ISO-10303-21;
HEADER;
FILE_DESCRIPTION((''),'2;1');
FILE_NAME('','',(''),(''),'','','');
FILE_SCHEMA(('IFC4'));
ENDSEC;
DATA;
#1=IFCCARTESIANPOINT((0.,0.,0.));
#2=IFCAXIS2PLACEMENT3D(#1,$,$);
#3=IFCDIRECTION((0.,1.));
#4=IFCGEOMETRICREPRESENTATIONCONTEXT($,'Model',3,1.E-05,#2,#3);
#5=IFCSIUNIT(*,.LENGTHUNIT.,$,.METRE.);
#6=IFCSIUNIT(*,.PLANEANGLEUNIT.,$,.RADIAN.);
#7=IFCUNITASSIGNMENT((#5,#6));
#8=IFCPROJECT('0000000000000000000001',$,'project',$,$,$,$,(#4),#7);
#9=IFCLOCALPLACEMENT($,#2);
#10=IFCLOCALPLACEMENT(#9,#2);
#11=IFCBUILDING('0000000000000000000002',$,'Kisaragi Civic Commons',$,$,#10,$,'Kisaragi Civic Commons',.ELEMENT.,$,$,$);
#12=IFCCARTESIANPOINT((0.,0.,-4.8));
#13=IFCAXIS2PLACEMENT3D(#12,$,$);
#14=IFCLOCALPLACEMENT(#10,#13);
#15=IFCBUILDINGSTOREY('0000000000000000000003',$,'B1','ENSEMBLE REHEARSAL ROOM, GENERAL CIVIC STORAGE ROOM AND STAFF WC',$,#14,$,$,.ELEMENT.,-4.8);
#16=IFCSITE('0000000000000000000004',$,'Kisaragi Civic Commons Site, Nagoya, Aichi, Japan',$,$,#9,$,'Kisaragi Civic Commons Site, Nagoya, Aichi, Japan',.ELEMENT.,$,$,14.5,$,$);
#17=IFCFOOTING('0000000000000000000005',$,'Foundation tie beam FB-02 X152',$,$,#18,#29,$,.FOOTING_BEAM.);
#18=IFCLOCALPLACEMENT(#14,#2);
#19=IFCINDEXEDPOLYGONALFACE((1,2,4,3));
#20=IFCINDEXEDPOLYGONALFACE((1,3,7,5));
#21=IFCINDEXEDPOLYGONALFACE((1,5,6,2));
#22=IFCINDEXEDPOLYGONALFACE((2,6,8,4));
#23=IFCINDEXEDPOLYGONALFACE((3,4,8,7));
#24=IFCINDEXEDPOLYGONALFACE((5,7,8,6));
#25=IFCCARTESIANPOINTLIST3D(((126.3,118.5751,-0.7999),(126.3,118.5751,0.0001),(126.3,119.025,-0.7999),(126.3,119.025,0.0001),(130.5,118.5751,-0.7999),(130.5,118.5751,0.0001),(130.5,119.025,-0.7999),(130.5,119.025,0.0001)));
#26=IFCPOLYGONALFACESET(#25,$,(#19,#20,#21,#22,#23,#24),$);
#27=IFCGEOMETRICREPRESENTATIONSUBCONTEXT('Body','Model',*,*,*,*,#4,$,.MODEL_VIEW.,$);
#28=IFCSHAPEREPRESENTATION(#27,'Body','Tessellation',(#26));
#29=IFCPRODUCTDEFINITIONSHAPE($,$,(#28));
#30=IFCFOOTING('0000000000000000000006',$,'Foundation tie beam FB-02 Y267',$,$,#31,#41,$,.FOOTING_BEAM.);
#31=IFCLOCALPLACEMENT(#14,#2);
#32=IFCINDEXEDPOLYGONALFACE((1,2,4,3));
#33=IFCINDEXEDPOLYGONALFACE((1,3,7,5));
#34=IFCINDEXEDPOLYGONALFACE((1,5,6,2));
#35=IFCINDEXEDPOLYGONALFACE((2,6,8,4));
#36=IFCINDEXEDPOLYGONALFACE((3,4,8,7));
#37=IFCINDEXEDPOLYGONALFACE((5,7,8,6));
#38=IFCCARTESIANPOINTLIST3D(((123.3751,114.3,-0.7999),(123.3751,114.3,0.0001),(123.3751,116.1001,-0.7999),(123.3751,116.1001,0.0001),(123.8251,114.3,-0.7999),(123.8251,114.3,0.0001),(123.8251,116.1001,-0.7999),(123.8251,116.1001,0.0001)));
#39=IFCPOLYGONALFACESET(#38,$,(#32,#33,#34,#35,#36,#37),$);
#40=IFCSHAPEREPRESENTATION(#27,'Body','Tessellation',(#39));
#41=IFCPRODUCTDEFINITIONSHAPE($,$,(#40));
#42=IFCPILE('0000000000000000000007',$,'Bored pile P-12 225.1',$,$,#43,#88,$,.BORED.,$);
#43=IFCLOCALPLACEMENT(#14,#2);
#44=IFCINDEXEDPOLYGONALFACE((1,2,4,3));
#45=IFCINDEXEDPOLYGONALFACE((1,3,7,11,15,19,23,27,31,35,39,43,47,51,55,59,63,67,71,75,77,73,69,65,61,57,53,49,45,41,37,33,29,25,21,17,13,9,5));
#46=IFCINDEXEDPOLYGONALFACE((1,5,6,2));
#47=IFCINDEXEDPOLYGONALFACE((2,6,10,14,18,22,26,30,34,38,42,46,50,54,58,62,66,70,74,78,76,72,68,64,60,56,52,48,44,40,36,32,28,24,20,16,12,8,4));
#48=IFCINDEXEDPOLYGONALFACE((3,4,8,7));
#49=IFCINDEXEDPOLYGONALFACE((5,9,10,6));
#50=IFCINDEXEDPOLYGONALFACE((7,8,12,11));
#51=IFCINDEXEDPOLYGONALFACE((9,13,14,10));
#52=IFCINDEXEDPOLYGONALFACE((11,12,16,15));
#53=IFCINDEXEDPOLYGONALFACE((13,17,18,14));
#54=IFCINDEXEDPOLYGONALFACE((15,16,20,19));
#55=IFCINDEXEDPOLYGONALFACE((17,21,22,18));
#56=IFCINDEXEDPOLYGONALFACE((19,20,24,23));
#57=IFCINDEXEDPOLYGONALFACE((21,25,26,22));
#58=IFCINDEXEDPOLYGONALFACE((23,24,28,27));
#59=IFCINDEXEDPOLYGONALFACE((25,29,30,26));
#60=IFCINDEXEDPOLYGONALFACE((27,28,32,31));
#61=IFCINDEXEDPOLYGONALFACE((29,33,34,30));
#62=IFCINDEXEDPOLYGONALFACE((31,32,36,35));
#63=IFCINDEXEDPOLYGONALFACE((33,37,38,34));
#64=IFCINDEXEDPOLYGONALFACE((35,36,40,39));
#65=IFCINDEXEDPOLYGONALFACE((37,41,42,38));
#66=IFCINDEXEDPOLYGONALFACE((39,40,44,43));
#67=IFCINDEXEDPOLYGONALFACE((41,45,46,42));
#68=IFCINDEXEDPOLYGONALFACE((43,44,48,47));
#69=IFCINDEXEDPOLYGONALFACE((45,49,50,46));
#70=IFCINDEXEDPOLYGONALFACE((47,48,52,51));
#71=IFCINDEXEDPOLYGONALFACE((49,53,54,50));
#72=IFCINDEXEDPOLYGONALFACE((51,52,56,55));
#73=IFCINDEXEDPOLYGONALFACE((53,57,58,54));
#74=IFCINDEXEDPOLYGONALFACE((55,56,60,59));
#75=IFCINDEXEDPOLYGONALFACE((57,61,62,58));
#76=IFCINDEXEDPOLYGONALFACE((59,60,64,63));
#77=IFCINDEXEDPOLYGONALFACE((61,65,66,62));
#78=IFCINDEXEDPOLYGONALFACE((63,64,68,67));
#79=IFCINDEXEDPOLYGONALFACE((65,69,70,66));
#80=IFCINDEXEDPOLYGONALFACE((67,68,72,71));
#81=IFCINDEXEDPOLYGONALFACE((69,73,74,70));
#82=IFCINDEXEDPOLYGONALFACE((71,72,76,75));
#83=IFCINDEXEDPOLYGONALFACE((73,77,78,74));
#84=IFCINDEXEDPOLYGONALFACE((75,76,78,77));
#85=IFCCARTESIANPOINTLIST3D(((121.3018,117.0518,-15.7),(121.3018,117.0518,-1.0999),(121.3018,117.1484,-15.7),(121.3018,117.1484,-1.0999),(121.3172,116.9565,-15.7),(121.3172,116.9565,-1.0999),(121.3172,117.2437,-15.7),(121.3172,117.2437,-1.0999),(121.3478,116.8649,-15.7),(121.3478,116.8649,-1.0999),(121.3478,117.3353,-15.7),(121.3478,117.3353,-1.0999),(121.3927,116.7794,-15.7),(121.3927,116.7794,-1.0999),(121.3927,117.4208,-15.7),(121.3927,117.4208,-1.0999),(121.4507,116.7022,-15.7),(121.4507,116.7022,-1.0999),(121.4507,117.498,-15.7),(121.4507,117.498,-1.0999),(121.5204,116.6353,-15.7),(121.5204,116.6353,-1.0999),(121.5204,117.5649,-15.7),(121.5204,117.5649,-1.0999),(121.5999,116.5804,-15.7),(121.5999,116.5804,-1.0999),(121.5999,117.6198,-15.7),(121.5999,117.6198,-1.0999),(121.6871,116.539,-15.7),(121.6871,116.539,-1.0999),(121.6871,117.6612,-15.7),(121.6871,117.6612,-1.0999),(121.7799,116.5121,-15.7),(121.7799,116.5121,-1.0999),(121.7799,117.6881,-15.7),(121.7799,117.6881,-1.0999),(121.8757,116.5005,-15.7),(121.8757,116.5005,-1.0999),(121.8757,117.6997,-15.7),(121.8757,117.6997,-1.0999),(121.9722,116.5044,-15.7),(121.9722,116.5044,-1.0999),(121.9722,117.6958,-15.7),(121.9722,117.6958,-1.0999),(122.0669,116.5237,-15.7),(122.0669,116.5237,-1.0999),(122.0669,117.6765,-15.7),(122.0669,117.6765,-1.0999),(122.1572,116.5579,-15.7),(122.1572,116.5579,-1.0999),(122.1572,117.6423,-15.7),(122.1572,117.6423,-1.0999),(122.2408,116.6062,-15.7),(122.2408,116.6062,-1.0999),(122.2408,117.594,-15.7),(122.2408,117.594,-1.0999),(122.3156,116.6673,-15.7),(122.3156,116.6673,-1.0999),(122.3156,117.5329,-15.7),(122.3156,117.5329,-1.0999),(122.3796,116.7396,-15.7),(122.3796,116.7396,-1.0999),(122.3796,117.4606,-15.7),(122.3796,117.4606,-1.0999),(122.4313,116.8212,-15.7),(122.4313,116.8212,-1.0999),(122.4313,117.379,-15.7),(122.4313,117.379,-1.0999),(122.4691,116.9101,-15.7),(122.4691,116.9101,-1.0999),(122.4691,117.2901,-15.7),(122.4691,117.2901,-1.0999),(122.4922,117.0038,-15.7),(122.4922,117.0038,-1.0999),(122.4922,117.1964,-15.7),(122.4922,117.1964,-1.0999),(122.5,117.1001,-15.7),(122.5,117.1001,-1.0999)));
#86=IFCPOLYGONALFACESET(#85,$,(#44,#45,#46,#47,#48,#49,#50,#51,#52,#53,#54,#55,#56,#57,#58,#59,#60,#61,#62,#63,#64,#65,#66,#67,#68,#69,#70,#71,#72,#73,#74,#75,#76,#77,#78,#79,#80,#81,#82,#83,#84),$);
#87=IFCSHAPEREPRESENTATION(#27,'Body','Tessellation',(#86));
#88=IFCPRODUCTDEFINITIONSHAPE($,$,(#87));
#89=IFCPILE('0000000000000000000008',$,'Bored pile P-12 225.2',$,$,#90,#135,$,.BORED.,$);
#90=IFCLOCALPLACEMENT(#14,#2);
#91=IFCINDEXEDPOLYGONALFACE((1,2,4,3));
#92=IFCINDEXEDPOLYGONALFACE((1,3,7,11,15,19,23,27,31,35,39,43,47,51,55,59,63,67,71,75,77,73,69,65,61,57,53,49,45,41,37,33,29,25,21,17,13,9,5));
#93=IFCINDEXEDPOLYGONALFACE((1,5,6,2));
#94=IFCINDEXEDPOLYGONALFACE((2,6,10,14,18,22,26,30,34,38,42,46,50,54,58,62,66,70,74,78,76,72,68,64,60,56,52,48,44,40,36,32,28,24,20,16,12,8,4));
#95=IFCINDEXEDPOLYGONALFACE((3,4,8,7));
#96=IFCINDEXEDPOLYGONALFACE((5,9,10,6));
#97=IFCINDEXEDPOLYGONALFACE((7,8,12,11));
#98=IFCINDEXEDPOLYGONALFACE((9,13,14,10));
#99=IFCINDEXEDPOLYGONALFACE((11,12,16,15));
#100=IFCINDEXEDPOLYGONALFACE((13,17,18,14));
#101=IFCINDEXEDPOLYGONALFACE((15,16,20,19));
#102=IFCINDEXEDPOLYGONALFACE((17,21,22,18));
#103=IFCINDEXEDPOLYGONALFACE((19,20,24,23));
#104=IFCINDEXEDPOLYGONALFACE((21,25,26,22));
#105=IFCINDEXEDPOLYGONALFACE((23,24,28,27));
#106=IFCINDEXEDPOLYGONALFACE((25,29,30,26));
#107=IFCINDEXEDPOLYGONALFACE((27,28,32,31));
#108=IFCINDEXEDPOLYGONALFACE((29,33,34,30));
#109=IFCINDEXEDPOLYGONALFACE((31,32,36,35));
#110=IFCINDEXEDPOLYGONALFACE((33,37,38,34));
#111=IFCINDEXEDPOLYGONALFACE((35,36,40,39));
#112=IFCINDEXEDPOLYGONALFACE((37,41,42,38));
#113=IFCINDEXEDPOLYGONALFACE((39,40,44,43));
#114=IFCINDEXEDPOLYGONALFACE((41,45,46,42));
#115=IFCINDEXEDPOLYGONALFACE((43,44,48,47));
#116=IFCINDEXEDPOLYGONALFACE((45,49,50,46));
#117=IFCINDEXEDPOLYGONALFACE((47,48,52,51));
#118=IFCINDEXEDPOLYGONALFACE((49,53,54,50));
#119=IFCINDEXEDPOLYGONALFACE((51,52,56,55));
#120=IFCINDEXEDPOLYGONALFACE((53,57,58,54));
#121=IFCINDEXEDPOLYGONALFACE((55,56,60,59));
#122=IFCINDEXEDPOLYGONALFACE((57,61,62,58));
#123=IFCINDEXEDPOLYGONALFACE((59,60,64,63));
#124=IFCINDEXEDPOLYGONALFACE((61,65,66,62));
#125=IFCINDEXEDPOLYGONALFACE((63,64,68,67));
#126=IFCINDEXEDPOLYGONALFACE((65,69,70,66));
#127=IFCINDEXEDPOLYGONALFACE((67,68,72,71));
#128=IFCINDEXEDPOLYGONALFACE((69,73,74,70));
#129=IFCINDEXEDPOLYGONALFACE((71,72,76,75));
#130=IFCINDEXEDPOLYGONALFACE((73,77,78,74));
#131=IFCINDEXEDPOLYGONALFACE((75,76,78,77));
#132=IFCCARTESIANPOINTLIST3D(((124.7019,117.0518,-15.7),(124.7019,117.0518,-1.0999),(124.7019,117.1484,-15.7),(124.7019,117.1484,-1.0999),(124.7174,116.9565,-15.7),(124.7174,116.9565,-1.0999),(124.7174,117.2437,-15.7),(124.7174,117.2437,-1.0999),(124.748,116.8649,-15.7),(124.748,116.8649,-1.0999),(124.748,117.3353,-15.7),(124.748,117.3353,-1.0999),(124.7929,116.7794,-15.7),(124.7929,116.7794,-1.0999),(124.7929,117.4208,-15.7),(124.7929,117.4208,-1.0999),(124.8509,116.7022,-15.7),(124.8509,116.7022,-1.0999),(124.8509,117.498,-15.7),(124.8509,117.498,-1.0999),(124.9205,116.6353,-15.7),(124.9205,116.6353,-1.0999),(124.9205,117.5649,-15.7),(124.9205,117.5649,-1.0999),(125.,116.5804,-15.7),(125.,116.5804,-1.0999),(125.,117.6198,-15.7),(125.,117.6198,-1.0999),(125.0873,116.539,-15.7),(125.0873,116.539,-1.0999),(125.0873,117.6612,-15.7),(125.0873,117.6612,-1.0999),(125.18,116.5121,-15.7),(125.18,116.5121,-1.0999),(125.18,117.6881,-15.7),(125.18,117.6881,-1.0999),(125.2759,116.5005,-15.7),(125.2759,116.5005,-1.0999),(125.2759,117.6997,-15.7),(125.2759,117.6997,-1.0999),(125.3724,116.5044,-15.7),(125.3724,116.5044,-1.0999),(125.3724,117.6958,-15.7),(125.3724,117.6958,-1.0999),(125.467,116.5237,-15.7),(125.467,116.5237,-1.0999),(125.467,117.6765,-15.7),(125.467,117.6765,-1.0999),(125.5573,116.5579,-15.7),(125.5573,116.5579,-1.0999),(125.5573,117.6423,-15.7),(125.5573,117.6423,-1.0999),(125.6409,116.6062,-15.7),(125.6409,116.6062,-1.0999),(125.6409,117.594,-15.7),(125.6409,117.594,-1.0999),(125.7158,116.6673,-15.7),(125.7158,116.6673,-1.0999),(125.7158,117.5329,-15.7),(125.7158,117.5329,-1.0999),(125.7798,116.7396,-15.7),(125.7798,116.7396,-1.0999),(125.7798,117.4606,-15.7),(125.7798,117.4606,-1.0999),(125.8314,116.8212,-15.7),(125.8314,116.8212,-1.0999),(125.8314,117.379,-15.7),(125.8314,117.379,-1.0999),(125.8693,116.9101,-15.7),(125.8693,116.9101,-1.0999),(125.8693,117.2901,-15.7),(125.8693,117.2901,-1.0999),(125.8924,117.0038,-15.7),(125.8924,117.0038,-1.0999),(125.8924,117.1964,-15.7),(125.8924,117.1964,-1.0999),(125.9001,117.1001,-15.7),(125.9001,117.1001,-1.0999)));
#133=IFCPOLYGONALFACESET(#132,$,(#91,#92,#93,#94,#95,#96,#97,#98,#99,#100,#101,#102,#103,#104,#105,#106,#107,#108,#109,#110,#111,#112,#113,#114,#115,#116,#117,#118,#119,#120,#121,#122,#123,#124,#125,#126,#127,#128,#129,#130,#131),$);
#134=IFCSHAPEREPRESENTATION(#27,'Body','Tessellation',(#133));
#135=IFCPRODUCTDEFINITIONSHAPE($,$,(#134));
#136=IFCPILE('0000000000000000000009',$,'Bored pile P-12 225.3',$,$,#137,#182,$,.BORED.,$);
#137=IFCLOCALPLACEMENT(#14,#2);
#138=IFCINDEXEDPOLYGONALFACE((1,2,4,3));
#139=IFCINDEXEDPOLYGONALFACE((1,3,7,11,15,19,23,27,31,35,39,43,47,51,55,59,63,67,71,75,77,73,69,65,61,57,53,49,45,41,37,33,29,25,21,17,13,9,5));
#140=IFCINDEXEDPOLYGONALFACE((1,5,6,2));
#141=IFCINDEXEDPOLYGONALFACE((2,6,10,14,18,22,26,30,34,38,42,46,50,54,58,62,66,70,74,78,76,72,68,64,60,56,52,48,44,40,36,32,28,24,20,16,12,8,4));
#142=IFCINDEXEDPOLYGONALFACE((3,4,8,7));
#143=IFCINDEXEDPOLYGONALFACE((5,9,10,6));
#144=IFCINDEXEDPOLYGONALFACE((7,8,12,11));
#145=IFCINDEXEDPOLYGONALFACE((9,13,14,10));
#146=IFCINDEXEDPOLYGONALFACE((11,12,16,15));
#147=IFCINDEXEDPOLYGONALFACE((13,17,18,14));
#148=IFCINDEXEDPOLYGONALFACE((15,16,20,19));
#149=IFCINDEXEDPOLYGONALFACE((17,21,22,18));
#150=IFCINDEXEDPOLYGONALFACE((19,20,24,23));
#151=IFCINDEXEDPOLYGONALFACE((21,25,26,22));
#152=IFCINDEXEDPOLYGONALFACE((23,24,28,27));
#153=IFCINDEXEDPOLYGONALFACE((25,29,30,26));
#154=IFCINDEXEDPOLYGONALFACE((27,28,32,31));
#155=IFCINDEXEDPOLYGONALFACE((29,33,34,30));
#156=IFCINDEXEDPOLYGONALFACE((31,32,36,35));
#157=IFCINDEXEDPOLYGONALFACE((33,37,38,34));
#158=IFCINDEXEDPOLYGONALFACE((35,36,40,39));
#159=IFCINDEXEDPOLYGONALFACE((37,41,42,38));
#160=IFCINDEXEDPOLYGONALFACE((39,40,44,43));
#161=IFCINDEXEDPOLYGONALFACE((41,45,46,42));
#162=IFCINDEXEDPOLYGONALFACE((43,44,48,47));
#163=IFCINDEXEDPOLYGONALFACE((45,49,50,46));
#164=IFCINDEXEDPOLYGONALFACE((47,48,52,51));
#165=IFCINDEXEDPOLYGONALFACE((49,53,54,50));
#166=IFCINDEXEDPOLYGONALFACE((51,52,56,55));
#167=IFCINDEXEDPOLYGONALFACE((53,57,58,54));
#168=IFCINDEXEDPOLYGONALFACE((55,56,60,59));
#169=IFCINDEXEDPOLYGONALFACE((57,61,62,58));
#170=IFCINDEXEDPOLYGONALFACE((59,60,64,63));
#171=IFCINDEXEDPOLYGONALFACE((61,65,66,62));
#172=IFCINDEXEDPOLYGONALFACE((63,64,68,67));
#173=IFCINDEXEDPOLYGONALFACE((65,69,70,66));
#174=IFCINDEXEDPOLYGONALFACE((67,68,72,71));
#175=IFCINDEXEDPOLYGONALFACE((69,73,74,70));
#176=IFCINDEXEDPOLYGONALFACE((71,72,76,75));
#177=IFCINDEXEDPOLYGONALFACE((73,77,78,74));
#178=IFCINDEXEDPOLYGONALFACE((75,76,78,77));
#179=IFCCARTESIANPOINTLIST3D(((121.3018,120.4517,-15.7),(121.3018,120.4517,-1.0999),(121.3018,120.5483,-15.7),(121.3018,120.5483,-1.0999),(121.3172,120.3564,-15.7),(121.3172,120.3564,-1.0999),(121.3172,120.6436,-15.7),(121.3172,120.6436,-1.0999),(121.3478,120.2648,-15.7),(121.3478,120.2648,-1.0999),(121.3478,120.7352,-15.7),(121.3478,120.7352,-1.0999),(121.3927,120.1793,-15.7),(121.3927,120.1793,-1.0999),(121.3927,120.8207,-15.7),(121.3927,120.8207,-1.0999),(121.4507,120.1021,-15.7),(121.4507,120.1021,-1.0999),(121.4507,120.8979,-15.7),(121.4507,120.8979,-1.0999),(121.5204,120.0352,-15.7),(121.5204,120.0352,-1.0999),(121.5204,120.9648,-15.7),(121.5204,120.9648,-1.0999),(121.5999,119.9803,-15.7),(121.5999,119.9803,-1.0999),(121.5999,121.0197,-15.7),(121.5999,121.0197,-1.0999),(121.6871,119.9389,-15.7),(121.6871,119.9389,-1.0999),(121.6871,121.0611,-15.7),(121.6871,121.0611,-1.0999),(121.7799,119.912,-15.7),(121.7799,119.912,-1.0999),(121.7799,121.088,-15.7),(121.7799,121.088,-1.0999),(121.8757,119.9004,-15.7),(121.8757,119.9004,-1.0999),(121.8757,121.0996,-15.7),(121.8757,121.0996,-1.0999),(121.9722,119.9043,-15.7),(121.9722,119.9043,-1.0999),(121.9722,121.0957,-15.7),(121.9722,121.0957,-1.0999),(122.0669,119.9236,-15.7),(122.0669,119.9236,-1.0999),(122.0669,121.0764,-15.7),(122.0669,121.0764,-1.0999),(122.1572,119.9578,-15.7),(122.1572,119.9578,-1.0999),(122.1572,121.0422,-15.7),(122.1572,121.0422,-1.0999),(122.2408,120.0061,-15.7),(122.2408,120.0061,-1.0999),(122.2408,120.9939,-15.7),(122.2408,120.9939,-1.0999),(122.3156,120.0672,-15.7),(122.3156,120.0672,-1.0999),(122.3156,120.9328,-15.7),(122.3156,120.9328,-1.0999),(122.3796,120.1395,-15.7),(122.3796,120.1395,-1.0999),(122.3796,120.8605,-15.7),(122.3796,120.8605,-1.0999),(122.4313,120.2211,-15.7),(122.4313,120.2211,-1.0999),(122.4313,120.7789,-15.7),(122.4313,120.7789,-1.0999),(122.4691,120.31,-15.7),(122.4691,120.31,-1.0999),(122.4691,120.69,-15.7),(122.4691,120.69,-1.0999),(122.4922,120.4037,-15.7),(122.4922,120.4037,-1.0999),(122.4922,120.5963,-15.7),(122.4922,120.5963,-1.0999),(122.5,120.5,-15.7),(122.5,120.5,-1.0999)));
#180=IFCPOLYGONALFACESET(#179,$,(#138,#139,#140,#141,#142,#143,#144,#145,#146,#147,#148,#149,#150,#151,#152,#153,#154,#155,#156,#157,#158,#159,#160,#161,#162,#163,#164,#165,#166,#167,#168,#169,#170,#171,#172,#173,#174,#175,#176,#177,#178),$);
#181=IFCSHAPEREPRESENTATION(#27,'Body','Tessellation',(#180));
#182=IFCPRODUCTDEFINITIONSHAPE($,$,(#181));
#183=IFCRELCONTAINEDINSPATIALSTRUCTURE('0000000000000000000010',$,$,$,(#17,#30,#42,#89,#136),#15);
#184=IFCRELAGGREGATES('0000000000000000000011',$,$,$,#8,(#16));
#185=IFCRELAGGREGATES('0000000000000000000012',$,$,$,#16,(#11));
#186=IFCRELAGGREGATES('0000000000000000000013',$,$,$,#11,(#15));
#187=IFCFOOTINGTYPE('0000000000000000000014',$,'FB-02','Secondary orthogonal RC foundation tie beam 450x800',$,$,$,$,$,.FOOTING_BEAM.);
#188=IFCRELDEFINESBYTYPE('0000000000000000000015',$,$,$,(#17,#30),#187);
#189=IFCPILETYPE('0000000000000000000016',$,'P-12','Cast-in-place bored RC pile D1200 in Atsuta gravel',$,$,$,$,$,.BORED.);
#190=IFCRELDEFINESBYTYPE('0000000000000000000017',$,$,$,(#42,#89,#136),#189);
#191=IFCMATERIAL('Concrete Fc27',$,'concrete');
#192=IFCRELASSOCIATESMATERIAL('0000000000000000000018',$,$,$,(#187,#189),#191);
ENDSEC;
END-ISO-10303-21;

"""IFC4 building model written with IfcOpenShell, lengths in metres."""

from ifc_helpers import new_model, si_unit, direction, frame, origin, origin_2d, place, context, subcontext, project, spatial, rectangle, circle, extrude, material, material_profile, profile_set, type_object, element, save


model = new_model("IFC4")

# Units and contexts
model_context = context("Model", 3, precision=1e-05, world=origin(), true_north=direction((0.0, 1.0)))
body_context = subcontext(model_context, "Body", "Model", "MODEL_VIEW")
ifc_project = project(units=[si_unit("LENGTHUNIT", "METRE"), si_unit("PLANEANGLEUNIT", "RADIAN")], contexts=[model_context])

# Site, building, storey
site_placement = place(None, origin())
site = spatial("IfcSite", under=ifc_project, at=site_placement, Name="Kisaragi Civic Commons Site, Nagoya, Aichi, Japan", LongName="Kisaragi Civic Commons Site, Nagoya, Aichi, Japan", CompositionType="ELEMENT", RefElevation=14.5)
building_placement = place(site_placement, origin())
building = spatial("IfcBuilding", under=site, at=building_placement, Name="Kisaragi Civic Commons", LongName="Kisaragi Civic Commons", CompositionType="ELEMENT")
storey_placement = place(building_placement, frame((0.0, 0.0, -4.8)))
storey = spatial("IfcBuildingStorey", under=building, at=storey_placement, Name="B1", Description="ENSEMBLE REHEARSAL ROOM, GENERAL CIVIC STORAGE ROOM AND STAFF WC", CompositionType="ELEMENT", Elevation=-4.8)

# Footings
ifc_material_1 = material(Name="Concrete Fc27", Category="concrete")
ifc_material_profile_1 = material_profile(ifc_material_1, rectangle(XDim=0.45, YDim=0.8, at=origin_2d()), Name="RC-450x800", Category="concrete")
ifc_profile_set_1 = profile_set([ifc_material_profile_1], Name="Concrete Fc27")
footing_type_1 = type_object("IfcFootingType", Name="FB-02", Description="Secondary orthogonal RC foundation tie beam 450x800", PredefinedType="FOOTING_BEAM", material=ifc_profile_set_1)
footing_1_placement = place(storey_placement, frame((126.3, 118.8, -0.3999), z_axis=(1.0, 0.0, 0.0), x_axis=(0.0, 1.0, 0.0)))
element("IfcFooting", 1, at=footing_1_placement, inside=storey, type_object=footing_type_1, Name="Foundation tie beam FB-02 X152", PredefinedType="FOOTING_BEAM", context=body_context, shape_type="SweptSolid", body=[
    extrude(rectangle(XDim=0.45, YDim=0.8, at=origin_2d()), origin(), (0.0, 0.0, 1.0), 4.2),
])
footing_2_placement = place(storey_placement, frame((123.6001, 114.3, -0.3999), z_axis=(0.0, 1.0, 0.0), x_axis=(-1.0, 0.0, 0.0)))
element("IfcFooting", 2, at=footing_2_placement, inside=storey, type_object=footing_type_1, Name="Foundation tie beam FB-02 Y267", PredefinedType="FOOTING_BEAM", context=body_context, shape_type="SweptSolid", body=[
    extrude(rectangle(XDim=0.45, YDim=0.8, at=origin_2d()), origin(), (0.0, 0.0, 1.0), 1.8),
])

# Piles
ifc_material_profile_2 = material_profile(ifc_material_1, circle(Radius=0.6001, at=origin_2d()), Name="PILE-D1200", Category="concrete")
ifc_profile_set_2 = profile_set([ifc_material_profile_2], Name="Concrete Fc27")
pile_type = type_object("IfcPileType", Name="P-12", Description="Cast-in-place bored RC pile D1200 in Atsuta gravel", PredefinedType="BORED", material=ifc_profile_set_2)
for number, where, z_axis, x_axis, name in (
    (3, (121.8999, 117.1001, -1.0999), (0.0, 0.0, -1.0), (1.0, 0.0, 0.0), "Bored pile P-12 225.1"),
    (4, (125.3, 117.1001, -1.0999), (0.0, 0.0, -1.0), (1.0, 0.0, 0.0), "Bored pile P-12 225.2"),
    (5, (121.8999, 120.5, -1.0999), (0.0, 0.0, -1.0), (1.0, 0.0, 0.0), "Bored pile P-12 225.3"),
):
    element("IfcPile", number, at=place(storey_placement, frame(where, z_axis=z_axis, x_axis=x_axis)), inside=storey, type_object=pile_type, Name=name, PredefinedType="BORED", context=body_context, shape_type="SweptSolid", body=[
        extrude(circle(Radius=0.6001, at=origin_2d()), origin(), (0.0, 0.0, 1.0), 14.6001),
    ])

save(model, "model.ifc")
